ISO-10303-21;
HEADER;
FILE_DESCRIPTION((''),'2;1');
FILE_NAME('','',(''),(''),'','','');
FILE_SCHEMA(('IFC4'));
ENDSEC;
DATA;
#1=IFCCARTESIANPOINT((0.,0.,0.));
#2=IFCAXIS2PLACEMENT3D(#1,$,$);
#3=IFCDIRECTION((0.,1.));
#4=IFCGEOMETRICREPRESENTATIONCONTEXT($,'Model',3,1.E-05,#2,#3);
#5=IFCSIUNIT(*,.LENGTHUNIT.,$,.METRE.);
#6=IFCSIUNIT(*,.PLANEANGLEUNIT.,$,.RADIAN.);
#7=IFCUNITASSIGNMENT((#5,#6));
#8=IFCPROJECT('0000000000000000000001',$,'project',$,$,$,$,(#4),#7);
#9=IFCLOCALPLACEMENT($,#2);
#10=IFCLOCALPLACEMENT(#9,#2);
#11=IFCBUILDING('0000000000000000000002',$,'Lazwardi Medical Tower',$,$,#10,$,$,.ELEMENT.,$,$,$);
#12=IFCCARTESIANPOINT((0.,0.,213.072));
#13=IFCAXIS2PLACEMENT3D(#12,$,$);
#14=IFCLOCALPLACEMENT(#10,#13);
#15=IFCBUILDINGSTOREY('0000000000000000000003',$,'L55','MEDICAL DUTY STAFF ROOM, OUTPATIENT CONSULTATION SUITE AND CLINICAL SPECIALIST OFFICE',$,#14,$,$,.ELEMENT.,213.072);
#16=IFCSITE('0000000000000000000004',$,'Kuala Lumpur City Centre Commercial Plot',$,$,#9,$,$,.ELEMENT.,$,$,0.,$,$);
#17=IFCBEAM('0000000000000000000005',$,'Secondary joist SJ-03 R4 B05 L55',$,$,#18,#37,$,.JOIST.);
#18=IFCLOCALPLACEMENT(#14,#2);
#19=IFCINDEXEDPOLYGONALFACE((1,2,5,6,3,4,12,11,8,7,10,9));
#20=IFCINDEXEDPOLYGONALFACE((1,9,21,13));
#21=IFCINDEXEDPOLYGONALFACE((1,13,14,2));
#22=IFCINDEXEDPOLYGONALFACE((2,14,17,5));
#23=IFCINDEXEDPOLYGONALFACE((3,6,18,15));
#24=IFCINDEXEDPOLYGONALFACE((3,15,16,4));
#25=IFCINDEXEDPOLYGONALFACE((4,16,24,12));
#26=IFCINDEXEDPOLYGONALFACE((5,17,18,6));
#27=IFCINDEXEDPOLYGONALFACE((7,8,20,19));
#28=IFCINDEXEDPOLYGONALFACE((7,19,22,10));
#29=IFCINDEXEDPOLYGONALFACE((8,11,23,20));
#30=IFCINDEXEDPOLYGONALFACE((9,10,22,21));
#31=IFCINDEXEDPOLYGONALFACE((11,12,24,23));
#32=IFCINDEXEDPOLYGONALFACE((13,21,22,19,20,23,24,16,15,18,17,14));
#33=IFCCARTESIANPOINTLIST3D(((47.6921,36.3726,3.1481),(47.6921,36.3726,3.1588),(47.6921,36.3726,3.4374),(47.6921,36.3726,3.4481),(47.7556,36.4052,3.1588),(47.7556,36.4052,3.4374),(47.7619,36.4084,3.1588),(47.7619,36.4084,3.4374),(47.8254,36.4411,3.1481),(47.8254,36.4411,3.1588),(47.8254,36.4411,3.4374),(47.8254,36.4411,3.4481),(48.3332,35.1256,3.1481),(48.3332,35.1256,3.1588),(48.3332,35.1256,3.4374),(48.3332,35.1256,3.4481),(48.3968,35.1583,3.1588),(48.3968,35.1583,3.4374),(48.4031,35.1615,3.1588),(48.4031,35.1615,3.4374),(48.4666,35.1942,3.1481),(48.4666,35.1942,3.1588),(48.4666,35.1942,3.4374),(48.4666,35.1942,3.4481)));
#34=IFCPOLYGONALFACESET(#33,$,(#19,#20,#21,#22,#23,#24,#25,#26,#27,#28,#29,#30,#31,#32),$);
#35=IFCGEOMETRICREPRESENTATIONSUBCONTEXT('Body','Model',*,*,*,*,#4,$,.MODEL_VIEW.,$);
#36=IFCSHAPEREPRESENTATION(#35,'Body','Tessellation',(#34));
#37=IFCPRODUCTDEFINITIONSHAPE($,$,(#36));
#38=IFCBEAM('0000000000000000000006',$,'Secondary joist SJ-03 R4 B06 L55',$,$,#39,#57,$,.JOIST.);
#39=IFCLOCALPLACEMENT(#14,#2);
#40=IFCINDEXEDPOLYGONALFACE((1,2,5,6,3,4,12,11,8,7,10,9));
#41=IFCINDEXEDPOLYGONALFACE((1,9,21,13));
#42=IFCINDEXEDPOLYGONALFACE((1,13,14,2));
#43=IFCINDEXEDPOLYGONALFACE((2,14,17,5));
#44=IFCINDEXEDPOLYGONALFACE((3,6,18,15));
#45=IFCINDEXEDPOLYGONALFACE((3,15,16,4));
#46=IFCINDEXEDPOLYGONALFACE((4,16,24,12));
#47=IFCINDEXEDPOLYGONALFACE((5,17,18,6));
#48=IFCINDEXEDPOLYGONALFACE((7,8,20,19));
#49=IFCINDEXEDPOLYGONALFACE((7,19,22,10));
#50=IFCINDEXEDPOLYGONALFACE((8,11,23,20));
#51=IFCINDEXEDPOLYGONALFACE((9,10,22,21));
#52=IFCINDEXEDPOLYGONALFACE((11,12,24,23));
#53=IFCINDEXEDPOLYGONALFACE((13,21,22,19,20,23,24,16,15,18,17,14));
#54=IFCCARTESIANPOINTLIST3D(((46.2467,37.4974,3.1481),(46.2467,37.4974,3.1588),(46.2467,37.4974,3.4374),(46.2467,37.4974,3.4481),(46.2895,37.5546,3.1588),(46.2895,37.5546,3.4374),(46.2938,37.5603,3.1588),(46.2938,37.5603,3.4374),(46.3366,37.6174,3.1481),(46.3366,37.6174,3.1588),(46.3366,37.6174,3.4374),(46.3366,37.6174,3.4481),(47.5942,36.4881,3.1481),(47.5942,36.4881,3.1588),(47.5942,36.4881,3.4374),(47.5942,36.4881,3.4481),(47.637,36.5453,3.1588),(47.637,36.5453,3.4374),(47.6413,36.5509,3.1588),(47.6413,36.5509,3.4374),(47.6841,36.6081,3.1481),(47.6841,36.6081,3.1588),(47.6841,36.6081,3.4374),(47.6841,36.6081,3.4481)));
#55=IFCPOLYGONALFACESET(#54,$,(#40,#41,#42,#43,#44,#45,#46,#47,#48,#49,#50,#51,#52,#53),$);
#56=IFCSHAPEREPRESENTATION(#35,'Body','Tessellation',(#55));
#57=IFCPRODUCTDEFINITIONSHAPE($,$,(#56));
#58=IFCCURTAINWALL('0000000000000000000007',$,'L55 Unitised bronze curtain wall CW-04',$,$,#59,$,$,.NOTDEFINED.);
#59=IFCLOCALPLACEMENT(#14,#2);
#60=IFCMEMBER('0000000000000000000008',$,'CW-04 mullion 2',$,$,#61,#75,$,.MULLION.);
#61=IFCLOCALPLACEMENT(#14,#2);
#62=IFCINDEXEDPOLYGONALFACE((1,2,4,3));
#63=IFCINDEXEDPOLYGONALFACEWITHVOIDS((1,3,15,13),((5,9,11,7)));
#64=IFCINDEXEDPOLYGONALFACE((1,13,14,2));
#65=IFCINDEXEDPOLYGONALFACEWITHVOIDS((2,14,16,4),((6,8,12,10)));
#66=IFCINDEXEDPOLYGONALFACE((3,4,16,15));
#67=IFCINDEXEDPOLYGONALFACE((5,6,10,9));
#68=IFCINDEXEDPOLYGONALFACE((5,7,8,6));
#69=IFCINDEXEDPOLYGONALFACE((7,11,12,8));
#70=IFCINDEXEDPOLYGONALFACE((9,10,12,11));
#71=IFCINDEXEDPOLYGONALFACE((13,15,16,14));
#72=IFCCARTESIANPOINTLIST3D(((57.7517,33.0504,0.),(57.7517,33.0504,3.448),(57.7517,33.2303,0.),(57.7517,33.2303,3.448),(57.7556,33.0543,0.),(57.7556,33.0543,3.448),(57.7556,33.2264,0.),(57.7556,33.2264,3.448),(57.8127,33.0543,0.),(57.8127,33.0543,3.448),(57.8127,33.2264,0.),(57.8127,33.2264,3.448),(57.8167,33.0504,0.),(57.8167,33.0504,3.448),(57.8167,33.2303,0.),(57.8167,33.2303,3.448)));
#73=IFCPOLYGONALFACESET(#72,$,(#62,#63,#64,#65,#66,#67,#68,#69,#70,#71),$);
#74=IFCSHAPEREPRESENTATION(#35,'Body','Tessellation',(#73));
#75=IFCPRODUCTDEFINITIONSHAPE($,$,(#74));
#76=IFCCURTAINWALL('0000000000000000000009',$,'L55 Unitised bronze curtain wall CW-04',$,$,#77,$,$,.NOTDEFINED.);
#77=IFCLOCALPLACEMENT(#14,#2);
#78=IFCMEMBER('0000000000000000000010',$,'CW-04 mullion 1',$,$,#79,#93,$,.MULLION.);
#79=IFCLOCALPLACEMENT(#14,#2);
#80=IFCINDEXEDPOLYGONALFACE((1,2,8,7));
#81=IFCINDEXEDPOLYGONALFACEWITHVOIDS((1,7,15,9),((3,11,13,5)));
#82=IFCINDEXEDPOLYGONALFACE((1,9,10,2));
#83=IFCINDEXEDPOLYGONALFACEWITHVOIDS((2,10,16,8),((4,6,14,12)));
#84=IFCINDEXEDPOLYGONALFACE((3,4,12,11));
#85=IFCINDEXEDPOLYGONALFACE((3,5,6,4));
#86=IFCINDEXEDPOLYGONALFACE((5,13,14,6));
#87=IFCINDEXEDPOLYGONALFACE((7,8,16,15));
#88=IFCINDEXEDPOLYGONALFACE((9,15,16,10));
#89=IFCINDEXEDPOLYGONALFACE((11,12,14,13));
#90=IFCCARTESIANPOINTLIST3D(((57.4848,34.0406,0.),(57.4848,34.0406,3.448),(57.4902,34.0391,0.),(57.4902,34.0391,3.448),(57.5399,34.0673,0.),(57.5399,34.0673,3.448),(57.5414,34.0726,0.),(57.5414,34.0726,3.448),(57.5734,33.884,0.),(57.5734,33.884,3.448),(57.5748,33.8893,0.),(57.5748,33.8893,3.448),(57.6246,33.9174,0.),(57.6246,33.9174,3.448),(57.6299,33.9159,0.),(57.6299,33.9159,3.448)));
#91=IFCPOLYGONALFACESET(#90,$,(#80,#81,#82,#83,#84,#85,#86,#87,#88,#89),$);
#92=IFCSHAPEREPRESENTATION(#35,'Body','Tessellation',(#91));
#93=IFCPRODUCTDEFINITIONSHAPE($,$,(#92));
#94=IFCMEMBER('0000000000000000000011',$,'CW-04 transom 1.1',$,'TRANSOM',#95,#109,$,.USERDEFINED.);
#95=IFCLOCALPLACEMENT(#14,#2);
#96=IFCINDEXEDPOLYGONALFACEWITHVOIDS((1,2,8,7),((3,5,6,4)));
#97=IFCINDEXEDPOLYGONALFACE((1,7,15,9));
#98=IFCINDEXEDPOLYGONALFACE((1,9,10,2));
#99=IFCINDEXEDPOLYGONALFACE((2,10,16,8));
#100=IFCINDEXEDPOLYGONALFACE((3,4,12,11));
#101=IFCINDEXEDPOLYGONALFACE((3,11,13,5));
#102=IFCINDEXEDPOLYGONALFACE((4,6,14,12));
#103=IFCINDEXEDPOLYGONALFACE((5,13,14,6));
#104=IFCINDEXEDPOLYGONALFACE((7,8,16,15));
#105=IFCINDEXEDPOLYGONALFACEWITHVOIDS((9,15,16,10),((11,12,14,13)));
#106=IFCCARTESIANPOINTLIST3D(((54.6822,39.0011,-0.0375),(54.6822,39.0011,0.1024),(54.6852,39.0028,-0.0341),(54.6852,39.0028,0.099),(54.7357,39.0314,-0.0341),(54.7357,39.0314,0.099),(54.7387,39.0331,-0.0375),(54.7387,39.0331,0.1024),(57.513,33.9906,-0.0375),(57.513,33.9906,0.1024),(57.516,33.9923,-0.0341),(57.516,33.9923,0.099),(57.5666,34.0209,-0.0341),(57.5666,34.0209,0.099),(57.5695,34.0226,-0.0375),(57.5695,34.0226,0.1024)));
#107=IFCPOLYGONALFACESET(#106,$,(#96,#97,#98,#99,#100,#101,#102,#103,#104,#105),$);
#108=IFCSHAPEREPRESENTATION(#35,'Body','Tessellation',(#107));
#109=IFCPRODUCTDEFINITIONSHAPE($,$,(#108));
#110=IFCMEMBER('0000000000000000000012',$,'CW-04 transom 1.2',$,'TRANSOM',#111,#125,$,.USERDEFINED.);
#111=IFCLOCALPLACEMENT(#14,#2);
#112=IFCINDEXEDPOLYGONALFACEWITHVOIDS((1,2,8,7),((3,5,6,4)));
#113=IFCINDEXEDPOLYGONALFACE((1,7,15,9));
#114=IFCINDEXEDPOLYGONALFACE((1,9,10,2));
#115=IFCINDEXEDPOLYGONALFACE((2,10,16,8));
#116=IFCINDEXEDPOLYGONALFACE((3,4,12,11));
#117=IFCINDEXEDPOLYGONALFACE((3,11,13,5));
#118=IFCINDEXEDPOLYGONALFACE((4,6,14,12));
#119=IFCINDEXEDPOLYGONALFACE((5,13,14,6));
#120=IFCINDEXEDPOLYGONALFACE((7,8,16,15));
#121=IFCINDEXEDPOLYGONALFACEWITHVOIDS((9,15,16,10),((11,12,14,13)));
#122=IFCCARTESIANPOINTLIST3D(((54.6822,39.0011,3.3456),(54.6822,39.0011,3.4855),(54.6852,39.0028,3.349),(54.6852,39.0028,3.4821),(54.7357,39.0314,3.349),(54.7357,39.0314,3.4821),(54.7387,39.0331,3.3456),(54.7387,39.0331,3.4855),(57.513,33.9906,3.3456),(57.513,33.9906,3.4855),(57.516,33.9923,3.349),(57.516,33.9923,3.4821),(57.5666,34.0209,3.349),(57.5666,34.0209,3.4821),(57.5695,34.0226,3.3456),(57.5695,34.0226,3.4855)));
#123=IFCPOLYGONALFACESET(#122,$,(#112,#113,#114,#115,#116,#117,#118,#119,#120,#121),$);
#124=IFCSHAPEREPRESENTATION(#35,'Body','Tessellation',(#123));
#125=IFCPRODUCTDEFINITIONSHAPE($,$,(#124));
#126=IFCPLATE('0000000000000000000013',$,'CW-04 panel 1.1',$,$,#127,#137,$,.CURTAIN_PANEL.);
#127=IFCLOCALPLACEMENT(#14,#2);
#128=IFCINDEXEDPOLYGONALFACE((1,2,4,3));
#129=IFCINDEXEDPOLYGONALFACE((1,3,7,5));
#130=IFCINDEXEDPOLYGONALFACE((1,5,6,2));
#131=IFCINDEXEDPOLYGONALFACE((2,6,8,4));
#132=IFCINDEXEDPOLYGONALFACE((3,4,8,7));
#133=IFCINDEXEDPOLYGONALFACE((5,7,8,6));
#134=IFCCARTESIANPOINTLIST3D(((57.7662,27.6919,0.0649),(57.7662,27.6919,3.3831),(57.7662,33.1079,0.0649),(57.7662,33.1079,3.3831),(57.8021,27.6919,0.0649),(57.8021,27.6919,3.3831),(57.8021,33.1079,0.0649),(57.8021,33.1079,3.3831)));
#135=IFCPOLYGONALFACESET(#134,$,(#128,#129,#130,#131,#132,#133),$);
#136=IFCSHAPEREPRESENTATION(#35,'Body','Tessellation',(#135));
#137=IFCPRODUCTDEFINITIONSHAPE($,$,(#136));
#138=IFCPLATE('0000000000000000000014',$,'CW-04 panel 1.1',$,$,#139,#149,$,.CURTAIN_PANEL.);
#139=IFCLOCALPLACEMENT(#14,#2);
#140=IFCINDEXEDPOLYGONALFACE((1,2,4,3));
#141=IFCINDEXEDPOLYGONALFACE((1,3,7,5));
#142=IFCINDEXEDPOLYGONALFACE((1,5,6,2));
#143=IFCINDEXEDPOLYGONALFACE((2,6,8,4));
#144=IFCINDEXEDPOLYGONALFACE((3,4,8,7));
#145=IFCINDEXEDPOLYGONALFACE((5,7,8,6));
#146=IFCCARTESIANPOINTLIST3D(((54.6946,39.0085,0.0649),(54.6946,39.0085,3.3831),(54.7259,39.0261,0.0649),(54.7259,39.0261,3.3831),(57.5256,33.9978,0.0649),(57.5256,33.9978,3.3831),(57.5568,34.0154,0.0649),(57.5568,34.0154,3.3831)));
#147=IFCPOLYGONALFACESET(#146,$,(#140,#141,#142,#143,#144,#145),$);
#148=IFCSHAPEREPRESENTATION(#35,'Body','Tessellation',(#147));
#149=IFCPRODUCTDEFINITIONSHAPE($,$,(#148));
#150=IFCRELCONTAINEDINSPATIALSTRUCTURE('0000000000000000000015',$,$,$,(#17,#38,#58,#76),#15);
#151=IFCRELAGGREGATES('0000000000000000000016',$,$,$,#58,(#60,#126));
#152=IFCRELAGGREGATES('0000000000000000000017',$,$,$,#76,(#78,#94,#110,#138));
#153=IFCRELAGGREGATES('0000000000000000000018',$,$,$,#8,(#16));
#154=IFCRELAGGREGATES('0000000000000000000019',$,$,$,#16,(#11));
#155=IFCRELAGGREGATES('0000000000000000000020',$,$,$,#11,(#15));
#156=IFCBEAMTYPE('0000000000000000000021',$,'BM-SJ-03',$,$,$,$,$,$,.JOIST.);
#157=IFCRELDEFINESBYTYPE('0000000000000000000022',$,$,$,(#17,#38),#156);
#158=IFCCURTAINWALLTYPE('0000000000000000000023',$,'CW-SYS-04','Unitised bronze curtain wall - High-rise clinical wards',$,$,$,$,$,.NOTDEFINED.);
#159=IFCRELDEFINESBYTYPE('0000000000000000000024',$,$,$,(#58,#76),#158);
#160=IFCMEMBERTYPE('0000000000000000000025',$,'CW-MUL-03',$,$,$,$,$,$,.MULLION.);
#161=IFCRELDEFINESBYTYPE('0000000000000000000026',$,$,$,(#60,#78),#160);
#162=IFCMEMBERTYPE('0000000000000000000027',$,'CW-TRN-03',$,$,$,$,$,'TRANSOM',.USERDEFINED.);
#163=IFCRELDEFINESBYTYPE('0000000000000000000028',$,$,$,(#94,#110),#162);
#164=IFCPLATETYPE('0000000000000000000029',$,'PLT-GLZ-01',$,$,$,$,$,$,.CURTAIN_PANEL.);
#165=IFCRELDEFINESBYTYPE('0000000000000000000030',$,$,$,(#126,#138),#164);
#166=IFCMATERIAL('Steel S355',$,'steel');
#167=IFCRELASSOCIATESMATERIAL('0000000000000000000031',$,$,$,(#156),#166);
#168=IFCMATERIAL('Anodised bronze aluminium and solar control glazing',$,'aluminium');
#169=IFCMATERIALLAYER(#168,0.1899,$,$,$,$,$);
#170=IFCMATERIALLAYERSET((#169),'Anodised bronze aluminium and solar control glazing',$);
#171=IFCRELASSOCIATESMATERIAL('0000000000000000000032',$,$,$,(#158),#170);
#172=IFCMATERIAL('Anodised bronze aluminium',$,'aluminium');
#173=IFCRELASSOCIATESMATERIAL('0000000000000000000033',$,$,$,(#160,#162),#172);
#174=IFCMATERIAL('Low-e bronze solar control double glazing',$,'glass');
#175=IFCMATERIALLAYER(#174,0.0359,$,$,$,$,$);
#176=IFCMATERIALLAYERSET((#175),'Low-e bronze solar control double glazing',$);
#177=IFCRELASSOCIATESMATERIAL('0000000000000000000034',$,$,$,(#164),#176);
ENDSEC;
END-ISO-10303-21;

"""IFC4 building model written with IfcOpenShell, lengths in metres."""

from ifc_helpers import new_model, si_unit, direction, frame, origin, origin_2d, place, context, subcontext, project, spatial, rectangle, hollow_rectangle, i_section, extrude, material, layer, layer_set, material_profile, profile_set, type_object, element, aggregate, save


model = new_model("IFC4")

# Units and contexts
model_context = context("Model", 3, precision=1e-05, world=origin(), true_north=direction((0.0, 1.0)))
body_context = subcontext(model_context, "Body", "Model", "MODEL_VIEW")
ifc_project = project(units=[si_unit("LENGTHUNIT", "METRE"), si_unit("PLANEANGLEUNIT", "RADIAN")], contexts=[model_context])

# Site, building, storey
site_placement = place(None, origin())
site = spatial("IfcSite", under=ifc_project, at=site_placement, Name="Kuala Lumpur City Centre Commercial Plot", CompositionType="ELEMENT", RefElevation=0.0)
building_placement = place(site_placement, origin())
building = spatial("IfcBuilding", under=site, at=building_placement, Name="Lazwardi Medical Tower", CompositionType="ELEMENT")
storey_placement = place(building_placement, frame((0.0, 0.0, 213.072)))
storey = spatial("IfcBuildingStorey", under=building, at=storey_placement, Name="L55", Description="MEDICAL DUTY STAFF ROOM, OUTPATIENT CONSULTATION SUITE AND CLINICAL SPECIALIST OFFICE", CompositionType="ELEMENT", Elevation=213.072)

# Beams
ifc_material_1 = material(Name="Steel S355", Category="steel")
ifc_material_profile_1 = material_profile(ifc_material_1, i_section(OverallWidth=0.1499, OverallDepth=0.3, WebThickness=0.0071, FlangeThickness=0.0107, at=origin_2d()), Name="IPE 300")
ifc_profile_set_1 = profile_set([ifc_material_profile_1], Name="Steel S355")
beam_type_1 = type_object("IfcBeamType", Name="BM-SJ-03", PredefinedType="JOIST", material=ifc_profile_set_1)
beam_1_placement = place(storey_placement, frame((48.3999, 35.1599, 3.2981), z_axis=(-0.457285, 0.88932, 0.0), x_axis=(-0.88932, -0.457285, 0.0)))
element("IfcBeam", 1, at=beam_1_placement, inside=storey, type_object=beam_type_1, Name="Secondary joist SJ-03 R4 B05 L55", PredefinedType="JOIST", context=body_context, shape_type="SweptSolid", body=[
    extrude(i_section(OverallWidth=0.1499, OverallDepth=0.3, WebThickness=0.0071, FlangeThickness=0.0107, at=origin_2d()), origin(), (0.0, 0.0, 1.0), 1.4021),
])
beam_2_placement = place(storey_placement, frame((47.6392, 36.5481, 3.2981), z_axis=(-0.800365, 0.599513, 0.0), x_axis=(-0.599513, -0.800365, 0.0)))
element("IfcBeam", 2, at=beam_2_placement, inside=storey, type_object=beam_type_1, Name="Secondary joist SJ-03 R4 B06 L55", PredefinedType="JOIST", context=body_context, shape_type="SweptSolid", body=[
    extrude(i_section(OverallWidth=0.1499, OverallDepth=0.3, WebThickness=0.0071, FlangeThickness=0.0107, at=origin_2d()), origin(), (0.0, 0.0, 1.0), 1.6836),
])

# Curtain wall, member
ifc_material_2 = material(Name="Anodised bronze aluminium and solar control glazing", Category="aluminium")
ifc_layer_1 = layer(ifc_material_2, 0.1899)
ifc_layer_set_1 = layer_set([ifc_layer_1], Name="Anodised bronze aluminium and solar control glazing")
curtain_wall_type = type_object("IfcCurtainWallType", Name="CW-SYS-04", Description="Unitised bronze curtain wall - High-rise clinical wards", PredefinedType="NOTDEFINED", material=ifc_layer_set_1)
curtain_wall_1_placement = place(storey_placement, origin())
curtain_wall_1 = element("IfcCurtainWall", 3, at=curtain_wall_1_placement, inside=storey, type_object=curtain_wall_type, Name="L55 Unitised bronze curtain wall CW-04", PredefinedType="NOTDEFINED")
ifc_material_3 = material(Name="Anodised bronze aluminium", Category="aluminium")
ifc_material_profile_2 = material_profile(ifc_material_3, hollow_rectangle(XDim=0.0649, YDim=0.1799, WallThickness=0.0039, at=origin_2d()), Name="ALU-MULLION 180x65x4")
ifc_profile_set_2 = profile_set([ifc_material_profile_2], Name="Anodised bronze aluminium")
member_type_1 = type_object("IfcMemberType", Name="CW-MUL-03", PredefinedType="MULLION", material=ifc_profile_set_2)
member_1_placement = place(storey_placement, frame((57.7842, 33.1404, 0.0), z_axis=(0.0, 0.0, 1.0), x_axis=(-1.0, 0.0, 0.0)))
member_1 = element("IfcMember", 4, at=member_1_placement, type_object=member_type_1, Name="CW-04 mullion 2", PredefinedType="MULLION", context=body_context, shape_type="SweptSolid", body=[
    extrude(hollow_rectangle(XDim=0.0649, YDim=0.1799, WallThickness=0.0039, at=origin_2d()), origin(), (0.0, 0.0, 1.0), 3.448),
])

# Curtain wall, members
curtain_wall_2_placement = place(storey_placement, origin())
curtain_wall_2 = element("IfcCurtainWall", 5, at=curtain_wall_2_placement, inside=storey, type_object=curtain_wall_type, Name="L55 Unitised bronze curtain wall CW-04", PredefinedType="NOTDEFINED")
member_2_placement = place(storey_placement, frame((57.5574, 33.9783, 0.0), z_axis=(0.0, 0.0, 1.0), x_axis=(-0.870651, -0.4919, 0.0)))
member_2 = element("IfcMember", 6, at=member_2_placement, type_object=member_type_1, Name="CW-04 mullion 1", PredefinedType="MULLION", context=body_context, shape_type="SweptSolid", body=[
    extrude(hollow_rectangle(XDim=0.0649, YDim=0.1799, WallThickness=0.0039, at=origin_2d()), origin(), (0.0, 0.0, 1.0), 3.448),
])
ifc_material_profile_3 = material_profile(ifc_material_3, hollow_rectangle(XDim=0.0649, YDim=0.1399, WallThickness=0.0034, at=origin_2d()), Name="ALU-TRANSOM 140x65x3.5")
ifc_profile_set_3 = profile_set([ifc_material_profile_3], Name="Anodised bronze aluminium")
member_type_2 = type_object("IfcMemberType", Name="CW-TRN-03", ElementType="TRANSOM", PredefinedType="USERDEFINED", material=ifc_profile_set_3)
member_3_placement = place(storey_placement, frame((57.5413, 34.0066, 0.0325), z_axis=(-0.491898, 0.870653, 0.0), x_axis=(-0.870653, -0.491898, 0.0)))
member_3 = element("IfcMember", 7, at=member_3_placement, type_object=member_type_2, Name="CW-04 transom 1.1", ObjectType="TRANSOM", PredefinedType="USERDEFINED", context=body_context, shape_type="SweptSolid", body=[
    extrude(hollow_rectangle(XDim=0.0649, YDim=0.1399, WallThickness=0.0034, at=origin_2d()), origin(), (0.0, 0.0, 1.0), 5.7549),
])
member_4_placement = place(storey_placement, frame((57.5413, 34.0066, 3.4155), z_axis=(-0.491898, 0.870653, 0.0), x_axis=(-0.870653, -0.491898, 0.0)))
member_4 = element("IfcMember", 8, at=member_4_placement, type_object=member_type_2, Name="CW-04 transom 1.2", ObjectType="TRANSOM", PredefinedType="USERDEFINED", context=body_context, shape_type="SweptSolid", body=[
    extrude(hollow_rectangle(XDim=0.0649, YDim=0.1399, WallThickness=0.0034, at=origin_2d()), origin(), (0.0, 0.0, 1.0), 5.7549),
])

# Plates
ifc_material_4 = material(Name="Low-e bronze solar control double glazing", Category="glass")
ifc_layer_2 = layer(ifc_material_4, 0.0359)
ifc_layer_set_2 = layer_set([ifc_layer_2], Name="Low-e bronze solar control double glazing")
plate_type = type_object("IfcPlateType", Name="PLT-GLZ-01", PredefinedType="CURTAIN_PANEL", material=ifc_layer_set_2)
plate_1_placement = place(storey_placement, frame((57.7842, 30.3999, 0.0649), z_axis=(0.0, 0.0, 1.0), x_axis=(0.0, 1.0, 0.0)))
plate_1 = element("IfcPlate", 9, at=plate_1_placement, type_object=plate_type, Name="CW-04 panel 1.1", PredefinedType="CURTAIN_PANEL", context=body_context, shape_type="SweptSolid", body=[
    extrude(rectangle(XDim=5.416, YDim=0.0359, at=origin_2d()), origin(), (0.0, 0.0, 1.0), 3.3181),
])
aggregate(curtain_wall_1, [member_1, plate_1])
plate_2_placement = place(storey_placement, frame((56.1257, 36.512, 0.0649), z_axis=(0.0, 0.0, 1.0), x_axis=(-0.4919, 0.870651, 0.0)))
plate_2 = element("IfcPlate", 10, at=plate_2_placement, type_object=plate_type, Name="CW-04 panel 1.1", PredefinedType="CURTAIN_PANEL", context=body_context, shape_type="SweptSolid", body=[
    extrude(rectangle(XDim=5.7551, YDim=0.0359, at=origin_2d()), origin(), (0.0, 0.0, 1.0), 3.3181),
])
aggregate(curtain_wall_2, [member_2, member_3, member_4, plate_2])

save(model, "model.ifc")
